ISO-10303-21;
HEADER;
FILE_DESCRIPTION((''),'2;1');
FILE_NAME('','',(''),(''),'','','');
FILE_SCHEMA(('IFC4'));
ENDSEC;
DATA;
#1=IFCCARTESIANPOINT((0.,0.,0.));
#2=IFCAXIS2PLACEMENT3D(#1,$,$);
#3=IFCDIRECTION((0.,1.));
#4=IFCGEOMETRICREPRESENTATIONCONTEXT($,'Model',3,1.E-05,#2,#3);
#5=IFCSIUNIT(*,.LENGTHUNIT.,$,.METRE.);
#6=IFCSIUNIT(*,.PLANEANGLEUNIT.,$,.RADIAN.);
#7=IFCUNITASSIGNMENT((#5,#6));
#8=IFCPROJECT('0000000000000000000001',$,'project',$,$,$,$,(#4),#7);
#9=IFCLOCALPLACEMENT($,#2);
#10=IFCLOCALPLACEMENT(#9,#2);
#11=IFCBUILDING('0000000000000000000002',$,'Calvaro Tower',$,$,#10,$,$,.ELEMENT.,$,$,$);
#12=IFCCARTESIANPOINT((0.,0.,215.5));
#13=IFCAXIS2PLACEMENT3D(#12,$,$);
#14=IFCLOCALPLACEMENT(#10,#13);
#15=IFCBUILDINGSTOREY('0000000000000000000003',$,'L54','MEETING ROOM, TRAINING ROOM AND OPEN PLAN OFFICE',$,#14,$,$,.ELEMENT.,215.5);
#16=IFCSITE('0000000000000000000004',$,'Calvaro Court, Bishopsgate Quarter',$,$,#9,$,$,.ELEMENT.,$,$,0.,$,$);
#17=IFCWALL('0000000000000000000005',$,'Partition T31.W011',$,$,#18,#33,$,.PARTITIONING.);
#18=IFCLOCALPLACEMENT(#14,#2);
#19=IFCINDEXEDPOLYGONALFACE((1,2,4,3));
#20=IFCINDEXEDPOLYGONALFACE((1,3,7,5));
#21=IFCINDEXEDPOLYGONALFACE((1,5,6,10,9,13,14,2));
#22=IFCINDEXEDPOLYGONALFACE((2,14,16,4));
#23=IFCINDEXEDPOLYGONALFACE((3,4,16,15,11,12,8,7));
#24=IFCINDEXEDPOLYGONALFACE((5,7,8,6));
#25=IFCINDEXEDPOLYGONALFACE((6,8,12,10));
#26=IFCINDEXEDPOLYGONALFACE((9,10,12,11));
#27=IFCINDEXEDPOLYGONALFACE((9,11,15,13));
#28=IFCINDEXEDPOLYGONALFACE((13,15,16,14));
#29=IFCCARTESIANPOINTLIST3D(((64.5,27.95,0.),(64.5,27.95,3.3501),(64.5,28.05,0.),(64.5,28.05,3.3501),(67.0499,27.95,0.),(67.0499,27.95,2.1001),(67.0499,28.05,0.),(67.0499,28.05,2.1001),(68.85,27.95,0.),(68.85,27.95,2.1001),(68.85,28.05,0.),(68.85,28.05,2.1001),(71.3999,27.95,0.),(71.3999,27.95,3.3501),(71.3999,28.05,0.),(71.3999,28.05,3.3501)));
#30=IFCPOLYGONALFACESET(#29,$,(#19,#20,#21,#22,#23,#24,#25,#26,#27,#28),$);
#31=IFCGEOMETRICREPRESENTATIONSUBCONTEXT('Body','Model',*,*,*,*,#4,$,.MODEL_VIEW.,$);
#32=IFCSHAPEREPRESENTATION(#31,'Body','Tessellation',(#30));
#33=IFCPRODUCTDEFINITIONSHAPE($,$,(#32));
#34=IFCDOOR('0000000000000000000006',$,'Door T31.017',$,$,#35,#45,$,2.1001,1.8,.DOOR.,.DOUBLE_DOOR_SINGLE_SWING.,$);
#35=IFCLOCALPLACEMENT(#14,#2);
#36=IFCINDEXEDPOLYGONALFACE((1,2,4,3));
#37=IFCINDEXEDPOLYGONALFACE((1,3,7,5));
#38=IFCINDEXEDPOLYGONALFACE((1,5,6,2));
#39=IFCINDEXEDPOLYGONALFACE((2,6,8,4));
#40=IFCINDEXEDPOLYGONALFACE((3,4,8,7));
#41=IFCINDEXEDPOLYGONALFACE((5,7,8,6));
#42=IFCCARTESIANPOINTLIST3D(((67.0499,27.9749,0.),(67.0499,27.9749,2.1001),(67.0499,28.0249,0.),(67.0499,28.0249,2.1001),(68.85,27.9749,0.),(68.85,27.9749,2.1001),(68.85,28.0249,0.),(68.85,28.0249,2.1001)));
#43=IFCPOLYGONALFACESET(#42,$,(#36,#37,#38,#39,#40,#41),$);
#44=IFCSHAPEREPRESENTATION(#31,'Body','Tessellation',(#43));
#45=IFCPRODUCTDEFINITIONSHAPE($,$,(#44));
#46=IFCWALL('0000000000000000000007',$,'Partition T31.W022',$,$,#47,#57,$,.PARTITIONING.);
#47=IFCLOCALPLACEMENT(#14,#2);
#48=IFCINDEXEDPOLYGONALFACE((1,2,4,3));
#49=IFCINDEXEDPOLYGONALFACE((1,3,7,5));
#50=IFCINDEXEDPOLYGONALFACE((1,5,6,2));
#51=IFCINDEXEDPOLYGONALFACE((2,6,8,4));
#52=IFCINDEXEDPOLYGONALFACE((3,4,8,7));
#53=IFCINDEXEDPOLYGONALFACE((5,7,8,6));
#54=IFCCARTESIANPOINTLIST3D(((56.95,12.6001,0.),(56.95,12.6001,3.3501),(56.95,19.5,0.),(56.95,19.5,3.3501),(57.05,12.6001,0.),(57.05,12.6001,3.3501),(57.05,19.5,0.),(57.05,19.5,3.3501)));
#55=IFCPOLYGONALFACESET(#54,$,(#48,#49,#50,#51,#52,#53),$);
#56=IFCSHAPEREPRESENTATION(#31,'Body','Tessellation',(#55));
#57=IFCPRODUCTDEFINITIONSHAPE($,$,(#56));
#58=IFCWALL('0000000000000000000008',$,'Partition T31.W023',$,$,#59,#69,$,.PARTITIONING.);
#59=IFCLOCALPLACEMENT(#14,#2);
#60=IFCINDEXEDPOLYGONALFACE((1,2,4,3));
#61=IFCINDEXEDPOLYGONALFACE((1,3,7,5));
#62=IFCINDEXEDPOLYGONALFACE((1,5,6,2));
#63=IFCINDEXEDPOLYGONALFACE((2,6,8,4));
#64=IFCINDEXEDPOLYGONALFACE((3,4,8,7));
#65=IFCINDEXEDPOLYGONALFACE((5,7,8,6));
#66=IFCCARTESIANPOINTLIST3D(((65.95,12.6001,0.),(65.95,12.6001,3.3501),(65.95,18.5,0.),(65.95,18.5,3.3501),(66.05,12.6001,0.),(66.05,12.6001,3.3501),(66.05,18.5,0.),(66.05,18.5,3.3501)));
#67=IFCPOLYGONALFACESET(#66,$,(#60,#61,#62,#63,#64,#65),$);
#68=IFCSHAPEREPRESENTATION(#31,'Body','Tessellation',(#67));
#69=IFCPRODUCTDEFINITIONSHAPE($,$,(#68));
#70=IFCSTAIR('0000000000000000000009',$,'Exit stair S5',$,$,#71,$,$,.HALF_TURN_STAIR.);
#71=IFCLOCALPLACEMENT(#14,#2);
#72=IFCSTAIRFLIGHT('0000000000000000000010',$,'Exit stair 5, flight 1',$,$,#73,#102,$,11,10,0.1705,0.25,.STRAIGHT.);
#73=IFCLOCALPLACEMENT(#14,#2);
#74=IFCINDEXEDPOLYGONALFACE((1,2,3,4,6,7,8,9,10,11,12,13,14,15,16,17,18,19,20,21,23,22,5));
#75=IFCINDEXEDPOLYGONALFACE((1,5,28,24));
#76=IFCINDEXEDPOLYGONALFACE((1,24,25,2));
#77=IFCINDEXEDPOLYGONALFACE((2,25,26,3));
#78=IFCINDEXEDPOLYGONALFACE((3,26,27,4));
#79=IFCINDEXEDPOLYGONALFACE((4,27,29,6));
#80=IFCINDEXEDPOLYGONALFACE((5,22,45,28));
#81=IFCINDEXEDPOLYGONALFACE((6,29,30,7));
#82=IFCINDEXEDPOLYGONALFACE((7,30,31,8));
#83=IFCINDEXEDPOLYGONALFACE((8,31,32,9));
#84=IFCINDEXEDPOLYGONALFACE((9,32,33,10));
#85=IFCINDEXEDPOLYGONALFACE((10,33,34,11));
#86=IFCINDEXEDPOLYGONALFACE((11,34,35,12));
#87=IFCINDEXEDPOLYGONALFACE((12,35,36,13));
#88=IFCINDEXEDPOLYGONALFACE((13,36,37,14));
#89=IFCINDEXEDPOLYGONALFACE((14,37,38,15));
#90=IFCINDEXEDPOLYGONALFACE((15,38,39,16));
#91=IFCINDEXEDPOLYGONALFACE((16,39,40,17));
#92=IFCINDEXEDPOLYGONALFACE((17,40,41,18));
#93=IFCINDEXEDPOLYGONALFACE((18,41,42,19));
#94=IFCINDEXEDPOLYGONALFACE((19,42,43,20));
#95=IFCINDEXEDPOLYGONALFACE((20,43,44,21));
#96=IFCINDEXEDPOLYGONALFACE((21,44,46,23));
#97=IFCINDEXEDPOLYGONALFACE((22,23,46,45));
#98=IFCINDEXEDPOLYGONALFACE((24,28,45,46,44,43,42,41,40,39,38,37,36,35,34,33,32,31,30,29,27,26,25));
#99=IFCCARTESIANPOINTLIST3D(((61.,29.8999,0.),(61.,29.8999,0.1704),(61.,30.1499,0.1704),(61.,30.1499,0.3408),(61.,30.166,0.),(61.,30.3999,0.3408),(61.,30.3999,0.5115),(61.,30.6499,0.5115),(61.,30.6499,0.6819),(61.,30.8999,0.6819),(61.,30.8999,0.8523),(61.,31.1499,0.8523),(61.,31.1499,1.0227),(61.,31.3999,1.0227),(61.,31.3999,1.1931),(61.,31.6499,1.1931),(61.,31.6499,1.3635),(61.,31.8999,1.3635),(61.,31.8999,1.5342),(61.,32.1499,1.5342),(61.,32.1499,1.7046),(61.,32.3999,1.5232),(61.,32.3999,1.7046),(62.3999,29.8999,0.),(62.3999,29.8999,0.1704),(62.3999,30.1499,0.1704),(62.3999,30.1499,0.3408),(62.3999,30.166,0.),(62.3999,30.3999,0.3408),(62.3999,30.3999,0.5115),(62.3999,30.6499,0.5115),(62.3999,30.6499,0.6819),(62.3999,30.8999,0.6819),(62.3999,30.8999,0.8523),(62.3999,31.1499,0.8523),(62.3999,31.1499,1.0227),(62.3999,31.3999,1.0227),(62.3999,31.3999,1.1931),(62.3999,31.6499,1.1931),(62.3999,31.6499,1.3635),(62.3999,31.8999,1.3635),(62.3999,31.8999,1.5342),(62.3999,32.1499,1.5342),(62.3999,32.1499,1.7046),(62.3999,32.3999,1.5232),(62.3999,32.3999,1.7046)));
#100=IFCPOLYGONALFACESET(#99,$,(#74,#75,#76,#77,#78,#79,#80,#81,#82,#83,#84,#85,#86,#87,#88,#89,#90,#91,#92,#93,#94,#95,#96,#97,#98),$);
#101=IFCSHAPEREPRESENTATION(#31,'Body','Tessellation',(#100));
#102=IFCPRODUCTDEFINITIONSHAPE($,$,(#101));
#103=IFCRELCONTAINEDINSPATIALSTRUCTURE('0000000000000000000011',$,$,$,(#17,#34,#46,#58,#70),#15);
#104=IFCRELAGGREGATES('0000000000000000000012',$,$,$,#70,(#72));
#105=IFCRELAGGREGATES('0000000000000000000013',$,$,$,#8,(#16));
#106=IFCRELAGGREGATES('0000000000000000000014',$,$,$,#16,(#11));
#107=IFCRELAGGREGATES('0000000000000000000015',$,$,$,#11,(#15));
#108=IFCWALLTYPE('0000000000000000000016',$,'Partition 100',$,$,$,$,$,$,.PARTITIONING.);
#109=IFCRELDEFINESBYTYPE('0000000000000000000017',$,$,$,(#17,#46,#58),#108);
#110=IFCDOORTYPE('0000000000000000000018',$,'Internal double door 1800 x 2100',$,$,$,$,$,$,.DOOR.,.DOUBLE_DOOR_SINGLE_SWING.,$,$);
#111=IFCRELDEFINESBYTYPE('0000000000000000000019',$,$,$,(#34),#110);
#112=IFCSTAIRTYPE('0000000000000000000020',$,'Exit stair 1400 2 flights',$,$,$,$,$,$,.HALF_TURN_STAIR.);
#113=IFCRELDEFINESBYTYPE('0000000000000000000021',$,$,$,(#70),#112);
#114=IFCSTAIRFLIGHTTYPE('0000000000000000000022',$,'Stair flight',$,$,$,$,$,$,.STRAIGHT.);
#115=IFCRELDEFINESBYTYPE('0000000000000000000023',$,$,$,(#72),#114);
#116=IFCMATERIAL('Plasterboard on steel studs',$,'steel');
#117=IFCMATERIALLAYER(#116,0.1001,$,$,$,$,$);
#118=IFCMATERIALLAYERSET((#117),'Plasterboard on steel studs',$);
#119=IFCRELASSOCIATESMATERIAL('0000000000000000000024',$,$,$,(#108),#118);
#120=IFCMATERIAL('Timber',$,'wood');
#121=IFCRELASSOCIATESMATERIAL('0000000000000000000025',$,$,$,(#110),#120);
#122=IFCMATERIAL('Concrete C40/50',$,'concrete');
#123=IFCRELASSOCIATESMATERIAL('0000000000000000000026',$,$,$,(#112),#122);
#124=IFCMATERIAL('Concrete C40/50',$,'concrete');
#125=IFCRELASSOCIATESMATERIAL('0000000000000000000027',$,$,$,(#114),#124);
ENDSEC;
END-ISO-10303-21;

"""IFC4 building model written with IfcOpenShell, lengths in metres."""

from ifc_helpers import new_model, si_unit, direction, frame, frame_2d, origin, place, context, subcontext, project, spatial, polyline, rectangle, outline, extrude, material, layer, layer_set, type_object, element, fill, aggregate, save


model = new_model("IFC4")

# Units and contexts
model_context = context("Model", 3, precision=1e-05, world=origin(), true_north=direction((0.0, 1.0)))
body_context = subcontext(model_context, "Body", "Model", "MODEL_VIEW")
ifc_project = project(units=[si_unit("LENGTHUNIT", "METRE"), si_unit("PLANEANGLEUNIT", "RADIAN")], contexts=[model_context])

# Site, building, storey
site_placement = place(None, origin())
site = spatial("IfcSite", under=ifc_project, at=site_placement, Name="Calvaro Court, Bishopsgate Quarter", CompositionType="ELEMENT", RefElevation=0.0)
building_placement = place(site_placement, origin())
building = spatial("IfcBuilding", under=site, at=building_placement, Name="Calvaro Tower", CompositionType="ELEMENT")
storey_placement = place(building_placement, frame((0.0, 0.0, 215.5)))
storey = spatial("IfcBuildingStorey", under=building, at=storey_placement, Name="L54", Description="MEETING ROOM, TRAINING ROOM AND OPEN PLAN OFFICE", CompositionType="ELEMENT", Elevation=215.5)

# Wall, opening, door
ifc_material_1 = material(Name="Plasterboard on steel studs", Category="steel")
ifc_layer_1 = layer(ifc_material_1, 0.1001)
ifc_layer_set_1 = layer_set([ifc_layer_1], Name="Plasterboard on steel studs")
wall_type_1 = type_object("IfcWallType", Name="Partition 100", PredefinedType="PARTITIONING", material=ifc_layer_set_1)
wall_1_placement = place(storey_placement, frame((64.5, 28.0, 0.0), z_axis=(0.0, 0.0, 1.0), x_axis=(1.0, 0.0, 0.0)))
wall_1 = element("IfcWall", 1, at=wall_1_placement, inside=storey, type_object=wall_type_1, Name="Partition T31.W011", PredefinedType="PARTITIONING", context=body_context, shape_type="SweptSolid", body=[
    extrude(rectangle(XDim=6.8999, YDim=0.1001, at=frame_2d((3.45, 0.0))), origin(), (0.0, 0.0, 1.0), 3.3501),
])
opening_1_placement = place(wall_1_placement, frame((2.55, 0.0, 0.0)))
opening_1 = element("IfcOpeningElement", 2, at=opening_1_placement, cuts=wall_1, PredefinedType="OPENING", context=body_context, shape_type="SweptSolid", body=[
    extrude(rectangle(XDim=1.8, YDim=2.1001, at=frame_2d((0.8999, 1.05))), frame((0.0, 0.0601, 0.0), z_axis=(0.0, -1.0, 0.0), x_axis=(1.0, 0.0, 0.0)), (0.0, 0.0, 1.0), 0.1201),
])
ifc_material_2 = material(Name="Timber", Category="wood")
door_type_1 = type_object("IfcDoorType", Name="Internal double door 1800 x 2100", OperationType="DOUBLE_DOOR_SINGLE_SWING", PredefinedType="DOOR", material=ifc_material_2)
door_1_placement = place(opening_1_placement, origin())
door_1 = element("IfcDoor", 3, at=door_1_placement, inside=storey, type_object=door_type_1, Name="Door T31.017", OperationType="DOUBLE_DOOR_SINGLE_SWING", OverallHeight=2.1001, OverallWidth=1.8, PredefinedType="DOOR", context=body_context, shape_type="SweptSolid", body=[
    extrude(rectangle(XDim=1.8, YDim=2.1001, at=frame_2d((0.8999, 1.05))), frame((0.0, 0.0249, 0.0), z_axis=(0.0, -1.0, 0.0), x_axis=(1.0, 0.0, 0.0)), (0.0, 0.0, 1.0), 0.05),
])
fill(opening_1, door_1)

# Walls
wall_2_placement = place(storey_placement, frame((57.0, 12.6001, 0.0), z_axis=(0.0, 0.0, 1.0), x_axis=(0.0, 1.0, 0.0)))
element("IfcWall", 4, at=wall_2_placement, inside=storey, type_object=wall_type_1, Name="Partition T31.W022", PredefinedType="PARTITIONING", context=body_context, shape_type="SweptSolid", body=[
    extrude(rectangle(XDim=6.8999, YDim=0.1001, at=frame_2d((3.45, 0.0))), origin(), (0.0, 0.0, 1.0), 3.3501),
])
wall_3_placement = place(storey_placement, frame((66.0, 12.6001, 0.0), z_axis=(0.0, 0.0, 1.0), x_axis=(0.0, 1.0, 0.0)))
element("IfcWall", 5, at=wall_3_placement, inside=storey, type_object=wall_type_1, Name="Partition T31.W023", PredefinedType="PARTITIONING", context=body_context, shape_type="SweptSolid", body=[
    extrude(rectangle(XDim=5.8999, YDim=0.1001, at=frame_2d((2.95, 0.0))), origin(), (0.0, 0.0, 1.0), 3.3501),
])

# Stair, stair flight
ifc_material_3 = material(Name="Concrete C40/50", Category="concrete")
stair_type = type_object("IfcStairType", Name="Exit stair 1400 2 flights", PredefinedType="HALF_TURN_STAIR", material=ifc_material_3)
stair_1_placement = place(storey_placement, origin())
stair_1 = element("IfcStair", 6, at=stair_1_placement, inside=storey, type_object=stair_type, Name="Exit stair S5", PredefinedType="HALF_TURN_STAIR")
ifc_material_4 = material(Name="Concrete C40/50", Category="concrete")
stair_flight_type = type_object("IfcStairFlightType", Name="Stair flight", PredefinedType="STRAIGHT", material=ifc_material_4)
stair_flight_placement = place(storey_placement, frame((61.7, 29.8999, 0.0), z_axis=(0.0, 0.0, 1.0), x_axis=(0.0, 1.0, 0.0)))
stair_flight = element("IfcStairFlight", 7, at=stair_flight_placement, type_object=stair_flight_type, Name="Exit stair 5, flight 1", NumberOfRisers=11, NumberOfTreads=10, PredefinedType="STRAIGHT", RiserHeight=0.1705, TreadLength=0.25, context=body_context, shape_type="SweptSolid", body=[
    extrude(outline(polyline([(0.0, 0.0), (0.0, 0.1704), (0.25, 0.1704), (0.25, 0.3408), (0.5, 0.3408), (0.5, 0.5115), (0.75, 0.5115), (0.75, 0.6819), (1.0, 0.6819), (1.0, 0.8523), (1.25, 0.8523), (1.25, 1.0227), (1.5, 1.0227), (1.5, 1.1931), (1.75, 1.1931), (1.75, 1.3635), (2.0, 1.3635), (2.0, 1.5342), (2.25, 1.5342), (2.25, 1.7046), (2.5, 1.7046), (2.5, 1.875), (2.5, 1.5232), (0.2661, 0.0), (0.0, 0.0)])), frame((0.0, 0.7, 0.0), z_axis=(0.0, -1.0, 0.0), x_axis=(1.0, 0.0, 0.0)), (0.0, 0.0, 1.0), 1.3999),
])

aggregate(stair_1, [stair_flight])

save(model, "model.ifc")
